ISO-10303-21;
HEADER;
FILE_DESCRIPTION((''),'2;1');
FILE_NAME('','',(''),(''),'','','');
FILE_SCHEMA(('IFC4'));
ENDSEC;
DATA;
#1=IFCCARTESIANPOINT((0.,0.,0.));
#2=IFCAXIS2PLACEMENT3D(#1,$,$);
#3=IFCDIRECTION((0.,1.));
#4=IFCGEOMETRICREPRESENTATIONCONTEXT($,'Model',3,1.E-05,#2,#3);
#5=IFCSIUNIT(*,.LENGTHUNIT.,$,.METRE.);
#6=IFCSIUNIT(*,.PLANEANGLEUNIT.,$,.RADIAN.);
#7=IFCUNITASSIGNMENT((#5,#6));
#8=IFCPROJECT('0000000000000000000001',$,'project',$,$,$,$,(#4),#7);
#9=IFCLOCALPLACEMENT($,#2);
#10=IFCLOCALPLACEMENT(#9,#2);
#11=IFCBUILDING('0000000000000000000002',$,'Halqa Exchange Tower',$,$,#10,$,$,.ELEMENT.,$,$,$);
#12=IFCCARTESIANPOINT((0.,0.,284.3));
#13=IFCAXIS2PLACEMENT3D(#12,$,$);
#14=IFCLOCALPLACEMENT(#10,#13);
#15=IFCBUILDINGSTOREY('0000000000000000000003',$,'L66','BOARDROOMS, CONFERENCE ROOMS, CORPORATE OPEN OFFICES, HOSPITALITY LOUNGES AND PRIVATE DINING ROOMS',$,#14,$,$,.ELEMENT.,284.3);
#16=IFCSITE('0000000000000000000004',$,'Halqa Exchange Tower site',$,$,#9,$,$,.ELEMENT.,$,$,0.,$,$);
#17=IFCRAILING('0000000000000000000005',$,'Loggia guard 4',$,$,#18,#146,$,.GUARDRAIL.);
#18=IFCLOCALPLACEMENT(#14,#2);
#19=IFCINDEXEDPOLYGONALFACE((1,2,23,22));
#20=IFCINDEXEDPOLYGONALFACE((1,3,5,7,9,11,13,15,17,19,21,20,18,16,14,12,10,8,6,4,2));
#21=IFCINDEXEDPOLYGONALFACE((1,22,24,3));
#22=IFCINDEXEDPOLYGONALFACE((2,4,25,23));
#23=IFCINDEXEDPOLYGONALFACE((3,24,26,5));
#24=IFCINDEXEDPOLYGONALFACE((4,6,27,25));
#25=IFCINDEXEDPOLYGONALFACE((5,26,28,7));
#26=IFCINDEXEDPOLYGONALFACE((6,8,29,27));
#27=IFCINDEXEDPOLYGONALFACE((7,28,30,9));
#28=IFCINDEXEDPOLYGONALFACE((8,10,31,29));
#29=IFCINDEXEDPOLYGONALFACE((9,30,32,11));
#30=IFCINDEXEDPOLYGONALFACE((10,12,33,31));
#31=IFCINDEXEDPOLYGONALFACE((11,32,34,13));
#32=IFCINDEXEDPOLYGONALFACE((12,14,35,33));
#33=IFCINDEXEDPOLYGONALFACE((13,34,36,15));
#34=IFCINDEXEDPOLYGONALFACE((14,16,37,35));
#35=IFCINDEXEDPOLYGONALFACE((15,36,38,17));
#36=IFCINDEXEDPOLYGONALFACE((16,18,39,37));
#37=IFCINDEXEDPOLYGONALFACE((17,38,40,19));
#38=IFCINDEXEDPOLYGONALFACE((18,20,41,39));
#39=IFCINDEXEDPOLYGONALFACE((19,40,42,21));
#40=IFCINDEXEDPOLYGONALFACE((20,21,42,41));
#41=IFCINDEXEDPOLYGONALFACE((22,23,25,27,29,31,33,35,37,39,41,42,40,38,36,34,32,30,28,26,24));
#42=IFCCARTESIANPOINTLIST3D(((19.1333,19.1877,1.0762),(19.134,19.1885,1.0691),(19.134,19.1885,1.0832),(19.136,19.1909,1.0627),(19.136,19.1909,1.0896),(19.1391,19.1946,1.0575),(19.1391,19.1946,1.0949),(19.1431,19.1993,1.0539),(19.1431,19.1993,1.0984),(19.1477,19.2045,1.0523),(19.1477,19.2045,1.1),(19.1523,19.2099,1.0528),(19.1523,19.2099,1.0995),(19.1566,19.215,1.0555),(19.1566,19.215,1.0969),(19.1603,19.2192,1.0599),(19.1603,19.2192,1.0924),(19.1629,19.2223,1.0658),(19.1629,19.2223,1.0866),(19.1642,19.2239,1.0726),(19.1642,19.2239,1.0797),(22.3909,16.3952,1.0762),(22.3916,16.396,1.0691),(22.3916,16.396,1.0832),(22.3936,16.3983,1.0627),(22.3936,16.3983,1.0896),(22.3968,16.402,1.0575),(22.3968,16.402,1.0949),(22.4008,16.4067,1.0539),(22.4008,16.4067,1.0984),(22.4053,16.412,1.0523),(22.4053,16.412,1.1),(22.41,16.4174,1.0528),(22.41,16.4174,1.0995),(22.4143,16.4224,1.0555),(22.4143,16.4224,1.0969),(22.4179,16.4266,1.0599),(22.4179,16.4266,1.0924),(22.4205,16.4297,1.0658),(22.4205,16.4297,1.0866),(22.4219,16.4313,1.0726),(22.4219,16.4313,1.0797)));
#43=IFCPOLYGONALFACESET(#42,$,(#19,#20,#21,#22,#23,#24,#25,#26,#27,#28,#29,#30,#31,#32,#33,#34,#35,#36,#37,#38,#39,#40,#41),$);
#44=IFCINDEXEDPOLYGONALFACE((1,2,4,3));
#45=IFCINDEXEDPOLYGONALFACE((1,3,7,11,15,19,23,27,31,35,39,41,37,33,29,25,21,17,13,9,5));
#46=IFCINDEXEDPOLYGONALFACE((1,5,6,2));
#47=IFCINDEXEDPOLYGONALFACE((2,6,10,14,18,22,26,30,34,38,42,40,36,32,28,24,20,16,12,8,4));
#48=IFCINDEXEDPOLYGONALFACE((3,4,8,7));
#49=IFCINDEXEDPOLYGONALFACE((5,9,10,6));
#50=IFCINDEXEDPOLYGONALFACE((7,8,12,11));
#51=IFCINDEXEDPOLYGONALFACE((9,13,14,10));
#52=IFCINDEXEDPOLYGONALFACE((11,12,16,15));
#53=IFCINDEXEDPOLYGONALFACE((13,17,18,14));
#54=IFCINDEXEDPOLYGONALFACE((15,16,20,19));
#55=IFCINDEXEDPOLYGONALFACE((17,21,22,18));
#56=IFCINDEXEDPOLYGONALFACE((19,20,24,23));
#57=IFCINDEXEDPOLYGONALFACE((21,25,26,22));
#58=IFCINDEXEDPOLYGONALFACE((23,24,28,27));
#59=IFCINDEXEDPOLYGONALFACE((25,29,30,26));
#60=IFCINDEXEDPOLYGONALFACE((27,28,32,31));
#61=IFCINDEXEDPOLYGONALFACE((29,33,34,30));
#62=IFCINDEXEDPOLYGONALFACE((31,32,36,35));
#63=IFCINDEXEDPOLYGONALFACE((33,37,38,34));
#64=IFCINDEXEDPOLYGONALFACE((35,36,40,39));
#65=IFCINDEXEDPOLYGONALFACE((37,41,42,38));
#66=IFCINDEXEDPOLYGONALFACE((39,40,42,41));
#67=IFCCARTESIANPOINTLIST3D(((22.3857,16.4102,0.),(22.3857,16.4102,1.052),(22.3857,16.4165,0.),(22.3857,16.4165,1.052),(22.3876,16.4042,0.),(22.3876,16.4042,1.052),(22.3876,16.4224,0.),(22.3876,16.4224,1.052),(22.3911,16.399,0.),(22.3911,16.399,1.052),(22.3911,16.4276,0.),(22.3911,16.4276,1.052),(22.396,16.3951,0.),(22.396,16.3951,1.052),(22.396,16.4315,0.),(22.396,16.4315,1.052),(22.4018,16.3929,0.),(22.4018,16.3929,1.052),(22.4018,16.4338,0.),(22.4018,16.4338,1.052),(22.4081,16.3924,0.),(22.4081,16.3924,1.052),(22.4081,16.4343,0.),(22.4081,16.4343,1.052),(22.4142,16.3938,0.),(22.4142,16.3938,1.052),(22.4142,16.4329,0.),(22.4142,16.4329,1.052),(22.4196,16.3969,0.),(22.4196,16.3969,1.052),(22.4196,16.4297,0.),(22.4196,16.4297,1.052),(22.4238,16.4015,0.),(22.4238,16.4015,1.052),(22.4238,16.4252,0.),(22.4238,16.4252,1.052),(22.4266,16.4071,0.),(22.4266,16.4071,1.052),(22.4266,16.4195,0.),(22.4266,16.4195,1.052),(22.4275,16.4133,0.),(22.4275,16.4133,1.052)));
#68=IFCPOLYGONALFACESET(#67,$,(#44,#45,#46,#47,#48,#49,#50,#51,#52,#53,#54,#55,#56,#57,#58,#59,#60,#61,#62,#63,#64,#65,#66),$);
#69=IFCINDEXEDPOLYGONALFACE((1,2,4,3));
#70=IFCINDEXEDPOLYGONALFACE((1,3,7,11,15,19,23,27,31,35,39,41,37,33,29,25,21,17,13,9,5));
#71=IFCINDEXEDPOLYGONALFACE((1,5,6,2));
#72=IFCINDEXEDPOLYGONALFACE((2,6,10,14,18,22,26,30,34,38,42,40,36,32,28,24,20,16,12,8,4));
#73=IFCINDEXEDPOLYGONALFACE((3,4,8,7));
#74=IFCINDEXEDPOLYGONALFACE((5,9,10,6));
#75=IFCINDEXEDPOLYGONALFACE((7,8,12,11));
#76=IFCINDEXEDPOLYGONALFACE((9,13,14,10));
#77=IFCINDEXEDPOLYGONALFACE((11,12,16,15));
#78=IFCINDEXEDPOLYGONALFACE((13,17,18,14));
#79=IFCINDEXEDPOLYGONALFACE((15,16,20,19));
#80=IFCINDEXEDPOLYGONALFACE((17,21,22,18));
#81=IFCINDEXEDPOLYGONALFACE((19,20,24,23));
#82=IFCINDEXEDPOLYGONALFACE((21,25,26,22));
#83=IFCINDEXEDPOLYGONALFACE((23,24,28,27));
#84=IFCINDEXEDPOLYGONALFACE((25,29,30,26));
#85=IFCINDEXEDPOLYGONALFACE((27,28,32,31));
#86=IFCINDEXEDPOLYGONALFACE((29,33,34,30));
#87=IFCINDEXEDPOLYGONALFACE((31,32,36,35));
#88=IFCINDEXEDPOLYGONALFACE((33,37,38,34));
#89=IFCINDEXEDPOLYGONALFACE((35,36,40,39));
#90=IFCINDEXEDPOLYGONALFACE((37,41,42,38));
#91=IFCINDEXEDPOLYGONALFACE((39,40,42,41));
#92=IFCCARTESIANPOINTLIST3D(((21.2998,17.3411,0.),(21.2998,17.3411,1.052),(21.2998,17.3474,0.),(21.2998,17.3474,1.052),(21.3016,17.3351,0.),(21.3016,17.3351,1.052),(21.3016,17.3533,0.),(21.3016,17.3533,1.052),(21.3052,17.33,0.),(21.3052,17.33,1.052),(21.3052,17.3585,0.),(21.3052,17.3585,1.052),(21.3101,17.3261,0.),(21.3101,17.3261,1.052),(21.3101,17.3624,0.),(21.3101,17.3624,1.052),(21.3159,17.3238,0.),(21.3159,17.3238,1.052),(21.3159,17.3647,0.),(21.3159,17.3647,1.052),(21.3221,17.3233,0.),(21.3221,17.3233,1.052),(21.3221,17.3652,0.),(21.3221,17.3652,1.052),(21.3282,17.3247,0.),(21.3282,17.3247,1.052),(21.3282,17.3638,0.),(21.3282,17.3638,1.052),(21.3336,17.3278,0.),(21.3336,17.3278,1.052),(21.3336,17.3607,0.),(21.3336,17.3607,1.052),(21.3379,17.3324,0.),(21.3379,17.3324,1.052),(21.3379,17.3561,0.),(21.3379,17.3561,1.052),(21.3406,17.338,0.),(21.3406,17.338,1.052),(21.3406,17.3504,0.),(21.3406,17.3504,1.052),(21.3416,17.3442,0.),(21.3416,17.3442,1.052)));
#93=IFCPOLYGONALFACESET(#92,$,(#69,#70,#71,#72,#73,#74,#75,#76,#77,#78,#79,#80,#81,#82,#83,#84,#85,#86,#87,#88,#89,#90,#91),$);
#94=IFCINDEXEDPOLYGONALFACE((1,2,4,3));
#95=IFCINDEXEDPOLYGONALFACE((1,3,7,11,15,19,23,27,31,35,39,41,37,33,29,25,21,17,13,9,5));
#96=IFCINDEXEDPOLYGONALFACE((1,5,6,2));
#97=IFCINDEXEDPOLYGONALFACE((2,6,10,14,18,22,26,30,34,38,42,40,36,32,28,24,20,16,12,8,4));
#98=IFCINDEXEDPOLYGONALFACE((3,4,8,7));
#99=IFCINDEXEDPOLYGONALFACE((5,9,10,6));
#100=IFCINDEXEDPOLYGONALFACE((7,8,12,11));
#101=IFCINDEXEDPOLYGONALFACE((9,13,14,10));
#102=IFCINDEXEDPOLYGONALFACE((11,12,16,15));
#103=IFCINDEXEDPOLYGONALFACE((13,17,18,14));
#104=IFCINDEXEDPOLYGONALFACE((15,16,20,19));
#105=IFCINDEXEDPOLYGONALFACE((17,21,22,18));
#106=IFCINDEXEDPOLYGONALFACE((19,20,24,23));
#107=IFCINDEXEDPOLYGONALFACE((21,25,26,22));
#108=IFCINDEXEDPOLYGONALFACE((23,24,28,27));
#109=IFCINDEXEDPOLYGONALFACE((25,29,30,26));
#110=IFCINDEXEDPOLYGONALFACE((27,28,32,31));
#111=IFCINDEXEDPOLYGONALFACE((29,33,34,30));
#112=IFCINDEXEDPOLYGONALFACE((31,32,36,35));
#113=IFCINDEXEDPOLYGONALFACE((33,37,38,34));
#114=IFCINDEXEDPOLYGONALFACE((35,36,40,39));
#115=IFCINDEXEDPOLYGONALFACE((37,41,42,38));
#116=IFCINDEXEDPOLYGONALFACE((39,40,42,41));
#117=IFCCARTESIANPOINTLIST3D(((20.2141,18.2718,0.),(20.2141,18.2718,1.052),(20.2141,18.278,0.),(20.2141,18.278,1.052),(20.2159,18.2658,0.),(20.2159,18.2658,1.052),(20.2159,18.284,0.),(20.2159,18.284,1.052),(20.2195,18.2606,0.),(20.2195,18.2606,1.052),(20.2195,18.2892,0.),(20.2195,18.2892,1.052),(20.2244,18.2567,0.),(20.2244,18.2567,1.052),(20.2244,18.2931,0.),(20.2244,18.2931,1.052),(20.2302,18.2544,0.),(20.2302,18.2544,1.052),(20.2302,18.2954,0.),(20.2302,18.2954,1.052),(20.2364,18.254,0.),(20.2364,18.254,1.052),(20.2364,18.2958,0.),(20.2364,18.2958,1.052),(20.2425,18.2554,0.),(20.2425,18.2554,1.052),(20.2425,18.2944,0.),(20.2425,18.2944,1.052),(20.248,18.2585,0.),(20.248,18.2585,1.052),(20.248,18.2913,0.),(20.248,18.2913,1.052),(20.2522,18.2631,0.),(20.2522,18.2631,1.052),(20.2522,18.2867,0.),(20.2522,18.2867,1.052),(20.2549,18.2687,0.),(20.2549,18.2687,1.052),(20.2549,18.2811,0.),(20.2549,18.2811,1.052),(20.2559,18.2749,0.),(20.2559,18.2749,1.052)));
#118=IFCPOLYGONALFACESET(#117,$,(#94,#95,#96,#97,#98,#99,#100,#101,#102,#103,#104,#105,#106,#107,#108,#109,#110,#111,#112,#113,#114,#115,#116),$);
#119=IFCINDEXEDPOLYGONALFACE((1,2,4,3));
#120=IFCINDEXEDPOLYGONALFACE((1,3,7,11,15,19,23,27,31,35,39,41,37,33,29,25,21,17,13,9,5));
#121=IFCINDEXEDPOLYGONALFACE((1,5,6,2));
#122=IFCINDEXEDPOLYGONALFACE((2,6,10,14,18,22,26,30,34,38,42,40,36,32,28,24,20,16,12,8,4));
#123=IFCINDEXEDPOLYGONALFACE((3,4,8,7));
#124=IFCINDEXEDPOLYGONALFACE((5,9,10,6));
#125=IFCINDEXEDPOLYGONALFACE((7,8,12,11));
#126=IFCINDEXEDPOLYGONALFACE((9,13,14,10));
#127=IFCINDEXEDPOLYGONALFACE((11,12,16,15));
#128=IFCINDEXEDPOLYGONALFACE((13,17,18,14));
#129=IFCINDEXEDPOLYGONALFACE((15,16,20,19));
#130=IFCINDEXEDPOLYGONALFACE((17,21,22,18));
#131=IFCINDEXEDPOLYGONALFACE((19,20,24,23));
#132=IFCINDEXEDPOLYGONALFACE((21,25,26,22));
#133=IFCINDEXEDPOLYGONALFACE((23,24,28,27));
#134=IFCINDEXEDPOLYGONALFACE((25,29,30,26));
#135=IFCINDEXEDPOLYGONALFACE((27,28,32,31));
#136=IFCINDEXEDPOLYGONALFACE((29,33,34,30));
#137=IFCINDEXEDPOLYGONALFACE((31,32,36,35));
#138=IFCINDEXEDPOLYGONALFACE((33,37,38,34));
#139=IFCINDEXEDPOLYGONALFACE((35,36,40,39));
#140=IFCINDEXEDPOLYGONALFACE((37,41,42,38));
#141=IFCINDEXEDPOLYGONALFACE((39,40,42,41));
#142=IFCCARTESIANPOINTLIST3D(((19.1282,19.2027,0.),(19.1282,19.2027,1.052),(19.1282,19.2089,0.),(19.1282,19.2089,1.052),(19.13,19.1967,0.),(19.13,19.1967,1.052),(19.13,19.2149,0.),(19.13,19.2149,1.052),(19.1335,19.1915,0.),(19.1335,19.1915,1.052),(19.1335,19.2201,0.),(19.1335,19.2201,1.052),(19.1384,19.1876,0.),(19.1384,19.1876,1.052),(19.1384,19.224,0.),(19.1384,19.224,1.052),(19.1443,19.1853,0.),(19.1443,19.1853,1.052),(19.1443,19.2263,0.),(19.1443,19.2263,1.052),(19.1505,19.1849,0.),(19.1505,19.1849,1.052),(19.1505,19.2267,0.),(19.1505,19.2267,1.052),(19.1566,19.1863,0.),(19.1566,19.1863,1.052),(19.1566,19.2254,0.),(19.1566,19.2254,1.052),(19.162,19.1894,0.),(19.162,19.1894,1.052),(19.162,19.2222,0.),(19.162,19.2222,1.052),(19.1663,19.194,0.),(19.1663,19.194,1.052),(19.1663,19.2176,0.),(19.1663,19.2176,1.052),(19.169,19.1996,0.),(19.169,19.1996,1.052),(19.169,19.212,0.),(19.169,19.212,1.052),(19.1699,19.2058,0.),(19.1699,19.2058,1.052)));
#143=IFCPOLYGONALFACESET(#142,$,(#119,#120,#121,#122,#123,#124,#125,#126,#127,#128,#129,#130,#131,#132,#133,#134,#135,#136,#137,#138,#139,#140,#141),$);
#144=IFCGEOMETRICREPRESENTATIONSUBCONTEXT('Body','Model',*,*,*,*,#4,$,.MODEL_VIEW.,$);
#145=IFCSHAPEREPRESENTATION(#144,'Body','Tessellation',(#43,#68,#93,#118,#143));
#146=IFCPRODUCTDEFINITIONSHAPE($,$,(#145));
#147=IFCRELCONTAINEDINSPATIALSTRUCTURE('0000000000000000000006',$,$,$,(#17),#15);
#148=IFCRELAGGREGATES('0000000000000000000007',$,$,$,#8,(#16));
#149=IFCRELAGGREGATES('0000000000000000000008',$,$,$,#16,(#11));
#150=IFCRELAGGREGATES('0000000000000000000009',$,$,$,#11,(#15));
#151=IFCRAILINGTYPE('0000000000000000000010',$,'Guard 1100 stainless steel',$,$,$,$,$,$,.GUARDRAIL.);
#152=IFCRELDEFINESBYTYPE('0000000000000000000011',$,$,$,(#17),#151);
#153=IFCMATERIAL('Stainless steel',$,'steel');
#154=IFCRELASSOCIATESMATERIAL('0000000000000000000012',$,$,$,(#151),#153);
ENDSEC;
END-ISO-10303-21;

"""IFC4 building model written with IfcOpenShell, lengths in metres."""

from ifc_helpers import new_model, si_unit, direction, frame, origin, origin_2d, place, context, subcontext, project, spatial, circle, extrude, material, type_object, element, save


model = new_model("IFC4")

# Units and contexts
model_context = context("Model", 3, precision=1e-05, world=origin(), true_north=direction((0.0, 1.0)))
body_context = subcontext(model_context, "Body", "Model", "MODEL_VIEW")
ifc_project = project(units=[si_unit("LENGTHUNIT", "METRE"), si_unit("PLANEANGLEUNIT", "RADIAN")], contexts=[model_context])

# Site, building, storey
site_placement = place(None, origin())
site = spatial("IfcSite", under=ifc_project, at=site_placement, Name="Halqa Exchange Tower site", CompositionType="ELEMENT", RefElevation=0.0)
building_placement = place(site_placement, origin())
building = spatial("IfcBuilding", under=site, at=building_placement, Name="Halqa Exchange Tower", CompositionType="ELEMENT")
storey_placement = place(building_placement, frame((0.0, 0.0, 284.3)))
storey = spatial("IfcBuildingStorey", under=building, at=storey_placement, Name="L66", Description="BOARDROOMS, CONFERENCE ROOMS, CORPORATE OPEN OFFICES, HOSPITALITY LOUNGES AND PRIVATE DINING ROOMS", CompositionType="ELEMENT", Elevation=284.3)

# Railing
ifc_material_1 = material(Name="Stainless steel", Category="steel")
railing_type = type_object("IfcRailingType", Name="Guard 1100 stainless steel", PredefinedType="GUARDRAIL", material=ifc_material_1)
railing_1_placement = place(storey_placement, frame((22.4065, 16.4133, 0.0)))
element("IfcRailing", 1, at=railing_1_placement, inside=storey, type_object=railing_type, Name="Loggia guard 4", PredefinedType="GUARDRAIL", context=body_context, shape_type="SweptSolid", body=[
    extrude(circle(Radius=0.0239, at=origin_2d()), frame((0.0, 0.0, 1.0762), z_axis=(-0.759224, 0.650829, 0.0), x_axis=(-0.650829, -0.759224, 0.0)), (0.0, 0.0, 1.0), 4.2908),
    extrude(circle(Radius=0.021, at=origin_2d()), origin(), (0.0, 0.0, 1.0), 1.052),
    extrude(circle(Radius=0.021, at=origin_2d()), frame((-1.0859, 0.9309, 0.0)), (0.0, 0.0, 1.0), 1.052),
    extrude(circle(Radius=0.021, at=origin_2d()), frame((-2.1716, 1.8616, 0.0)), (0.0, 0.0, 1.0), 1.052),
    extrude(circle(Radius=0.021, at=origin_2d()), frame((-3.2576, 2.7925, 0.0)), (0.0, 0.0, 1.0), 1.052),
])

save(model, "model.ifc")
